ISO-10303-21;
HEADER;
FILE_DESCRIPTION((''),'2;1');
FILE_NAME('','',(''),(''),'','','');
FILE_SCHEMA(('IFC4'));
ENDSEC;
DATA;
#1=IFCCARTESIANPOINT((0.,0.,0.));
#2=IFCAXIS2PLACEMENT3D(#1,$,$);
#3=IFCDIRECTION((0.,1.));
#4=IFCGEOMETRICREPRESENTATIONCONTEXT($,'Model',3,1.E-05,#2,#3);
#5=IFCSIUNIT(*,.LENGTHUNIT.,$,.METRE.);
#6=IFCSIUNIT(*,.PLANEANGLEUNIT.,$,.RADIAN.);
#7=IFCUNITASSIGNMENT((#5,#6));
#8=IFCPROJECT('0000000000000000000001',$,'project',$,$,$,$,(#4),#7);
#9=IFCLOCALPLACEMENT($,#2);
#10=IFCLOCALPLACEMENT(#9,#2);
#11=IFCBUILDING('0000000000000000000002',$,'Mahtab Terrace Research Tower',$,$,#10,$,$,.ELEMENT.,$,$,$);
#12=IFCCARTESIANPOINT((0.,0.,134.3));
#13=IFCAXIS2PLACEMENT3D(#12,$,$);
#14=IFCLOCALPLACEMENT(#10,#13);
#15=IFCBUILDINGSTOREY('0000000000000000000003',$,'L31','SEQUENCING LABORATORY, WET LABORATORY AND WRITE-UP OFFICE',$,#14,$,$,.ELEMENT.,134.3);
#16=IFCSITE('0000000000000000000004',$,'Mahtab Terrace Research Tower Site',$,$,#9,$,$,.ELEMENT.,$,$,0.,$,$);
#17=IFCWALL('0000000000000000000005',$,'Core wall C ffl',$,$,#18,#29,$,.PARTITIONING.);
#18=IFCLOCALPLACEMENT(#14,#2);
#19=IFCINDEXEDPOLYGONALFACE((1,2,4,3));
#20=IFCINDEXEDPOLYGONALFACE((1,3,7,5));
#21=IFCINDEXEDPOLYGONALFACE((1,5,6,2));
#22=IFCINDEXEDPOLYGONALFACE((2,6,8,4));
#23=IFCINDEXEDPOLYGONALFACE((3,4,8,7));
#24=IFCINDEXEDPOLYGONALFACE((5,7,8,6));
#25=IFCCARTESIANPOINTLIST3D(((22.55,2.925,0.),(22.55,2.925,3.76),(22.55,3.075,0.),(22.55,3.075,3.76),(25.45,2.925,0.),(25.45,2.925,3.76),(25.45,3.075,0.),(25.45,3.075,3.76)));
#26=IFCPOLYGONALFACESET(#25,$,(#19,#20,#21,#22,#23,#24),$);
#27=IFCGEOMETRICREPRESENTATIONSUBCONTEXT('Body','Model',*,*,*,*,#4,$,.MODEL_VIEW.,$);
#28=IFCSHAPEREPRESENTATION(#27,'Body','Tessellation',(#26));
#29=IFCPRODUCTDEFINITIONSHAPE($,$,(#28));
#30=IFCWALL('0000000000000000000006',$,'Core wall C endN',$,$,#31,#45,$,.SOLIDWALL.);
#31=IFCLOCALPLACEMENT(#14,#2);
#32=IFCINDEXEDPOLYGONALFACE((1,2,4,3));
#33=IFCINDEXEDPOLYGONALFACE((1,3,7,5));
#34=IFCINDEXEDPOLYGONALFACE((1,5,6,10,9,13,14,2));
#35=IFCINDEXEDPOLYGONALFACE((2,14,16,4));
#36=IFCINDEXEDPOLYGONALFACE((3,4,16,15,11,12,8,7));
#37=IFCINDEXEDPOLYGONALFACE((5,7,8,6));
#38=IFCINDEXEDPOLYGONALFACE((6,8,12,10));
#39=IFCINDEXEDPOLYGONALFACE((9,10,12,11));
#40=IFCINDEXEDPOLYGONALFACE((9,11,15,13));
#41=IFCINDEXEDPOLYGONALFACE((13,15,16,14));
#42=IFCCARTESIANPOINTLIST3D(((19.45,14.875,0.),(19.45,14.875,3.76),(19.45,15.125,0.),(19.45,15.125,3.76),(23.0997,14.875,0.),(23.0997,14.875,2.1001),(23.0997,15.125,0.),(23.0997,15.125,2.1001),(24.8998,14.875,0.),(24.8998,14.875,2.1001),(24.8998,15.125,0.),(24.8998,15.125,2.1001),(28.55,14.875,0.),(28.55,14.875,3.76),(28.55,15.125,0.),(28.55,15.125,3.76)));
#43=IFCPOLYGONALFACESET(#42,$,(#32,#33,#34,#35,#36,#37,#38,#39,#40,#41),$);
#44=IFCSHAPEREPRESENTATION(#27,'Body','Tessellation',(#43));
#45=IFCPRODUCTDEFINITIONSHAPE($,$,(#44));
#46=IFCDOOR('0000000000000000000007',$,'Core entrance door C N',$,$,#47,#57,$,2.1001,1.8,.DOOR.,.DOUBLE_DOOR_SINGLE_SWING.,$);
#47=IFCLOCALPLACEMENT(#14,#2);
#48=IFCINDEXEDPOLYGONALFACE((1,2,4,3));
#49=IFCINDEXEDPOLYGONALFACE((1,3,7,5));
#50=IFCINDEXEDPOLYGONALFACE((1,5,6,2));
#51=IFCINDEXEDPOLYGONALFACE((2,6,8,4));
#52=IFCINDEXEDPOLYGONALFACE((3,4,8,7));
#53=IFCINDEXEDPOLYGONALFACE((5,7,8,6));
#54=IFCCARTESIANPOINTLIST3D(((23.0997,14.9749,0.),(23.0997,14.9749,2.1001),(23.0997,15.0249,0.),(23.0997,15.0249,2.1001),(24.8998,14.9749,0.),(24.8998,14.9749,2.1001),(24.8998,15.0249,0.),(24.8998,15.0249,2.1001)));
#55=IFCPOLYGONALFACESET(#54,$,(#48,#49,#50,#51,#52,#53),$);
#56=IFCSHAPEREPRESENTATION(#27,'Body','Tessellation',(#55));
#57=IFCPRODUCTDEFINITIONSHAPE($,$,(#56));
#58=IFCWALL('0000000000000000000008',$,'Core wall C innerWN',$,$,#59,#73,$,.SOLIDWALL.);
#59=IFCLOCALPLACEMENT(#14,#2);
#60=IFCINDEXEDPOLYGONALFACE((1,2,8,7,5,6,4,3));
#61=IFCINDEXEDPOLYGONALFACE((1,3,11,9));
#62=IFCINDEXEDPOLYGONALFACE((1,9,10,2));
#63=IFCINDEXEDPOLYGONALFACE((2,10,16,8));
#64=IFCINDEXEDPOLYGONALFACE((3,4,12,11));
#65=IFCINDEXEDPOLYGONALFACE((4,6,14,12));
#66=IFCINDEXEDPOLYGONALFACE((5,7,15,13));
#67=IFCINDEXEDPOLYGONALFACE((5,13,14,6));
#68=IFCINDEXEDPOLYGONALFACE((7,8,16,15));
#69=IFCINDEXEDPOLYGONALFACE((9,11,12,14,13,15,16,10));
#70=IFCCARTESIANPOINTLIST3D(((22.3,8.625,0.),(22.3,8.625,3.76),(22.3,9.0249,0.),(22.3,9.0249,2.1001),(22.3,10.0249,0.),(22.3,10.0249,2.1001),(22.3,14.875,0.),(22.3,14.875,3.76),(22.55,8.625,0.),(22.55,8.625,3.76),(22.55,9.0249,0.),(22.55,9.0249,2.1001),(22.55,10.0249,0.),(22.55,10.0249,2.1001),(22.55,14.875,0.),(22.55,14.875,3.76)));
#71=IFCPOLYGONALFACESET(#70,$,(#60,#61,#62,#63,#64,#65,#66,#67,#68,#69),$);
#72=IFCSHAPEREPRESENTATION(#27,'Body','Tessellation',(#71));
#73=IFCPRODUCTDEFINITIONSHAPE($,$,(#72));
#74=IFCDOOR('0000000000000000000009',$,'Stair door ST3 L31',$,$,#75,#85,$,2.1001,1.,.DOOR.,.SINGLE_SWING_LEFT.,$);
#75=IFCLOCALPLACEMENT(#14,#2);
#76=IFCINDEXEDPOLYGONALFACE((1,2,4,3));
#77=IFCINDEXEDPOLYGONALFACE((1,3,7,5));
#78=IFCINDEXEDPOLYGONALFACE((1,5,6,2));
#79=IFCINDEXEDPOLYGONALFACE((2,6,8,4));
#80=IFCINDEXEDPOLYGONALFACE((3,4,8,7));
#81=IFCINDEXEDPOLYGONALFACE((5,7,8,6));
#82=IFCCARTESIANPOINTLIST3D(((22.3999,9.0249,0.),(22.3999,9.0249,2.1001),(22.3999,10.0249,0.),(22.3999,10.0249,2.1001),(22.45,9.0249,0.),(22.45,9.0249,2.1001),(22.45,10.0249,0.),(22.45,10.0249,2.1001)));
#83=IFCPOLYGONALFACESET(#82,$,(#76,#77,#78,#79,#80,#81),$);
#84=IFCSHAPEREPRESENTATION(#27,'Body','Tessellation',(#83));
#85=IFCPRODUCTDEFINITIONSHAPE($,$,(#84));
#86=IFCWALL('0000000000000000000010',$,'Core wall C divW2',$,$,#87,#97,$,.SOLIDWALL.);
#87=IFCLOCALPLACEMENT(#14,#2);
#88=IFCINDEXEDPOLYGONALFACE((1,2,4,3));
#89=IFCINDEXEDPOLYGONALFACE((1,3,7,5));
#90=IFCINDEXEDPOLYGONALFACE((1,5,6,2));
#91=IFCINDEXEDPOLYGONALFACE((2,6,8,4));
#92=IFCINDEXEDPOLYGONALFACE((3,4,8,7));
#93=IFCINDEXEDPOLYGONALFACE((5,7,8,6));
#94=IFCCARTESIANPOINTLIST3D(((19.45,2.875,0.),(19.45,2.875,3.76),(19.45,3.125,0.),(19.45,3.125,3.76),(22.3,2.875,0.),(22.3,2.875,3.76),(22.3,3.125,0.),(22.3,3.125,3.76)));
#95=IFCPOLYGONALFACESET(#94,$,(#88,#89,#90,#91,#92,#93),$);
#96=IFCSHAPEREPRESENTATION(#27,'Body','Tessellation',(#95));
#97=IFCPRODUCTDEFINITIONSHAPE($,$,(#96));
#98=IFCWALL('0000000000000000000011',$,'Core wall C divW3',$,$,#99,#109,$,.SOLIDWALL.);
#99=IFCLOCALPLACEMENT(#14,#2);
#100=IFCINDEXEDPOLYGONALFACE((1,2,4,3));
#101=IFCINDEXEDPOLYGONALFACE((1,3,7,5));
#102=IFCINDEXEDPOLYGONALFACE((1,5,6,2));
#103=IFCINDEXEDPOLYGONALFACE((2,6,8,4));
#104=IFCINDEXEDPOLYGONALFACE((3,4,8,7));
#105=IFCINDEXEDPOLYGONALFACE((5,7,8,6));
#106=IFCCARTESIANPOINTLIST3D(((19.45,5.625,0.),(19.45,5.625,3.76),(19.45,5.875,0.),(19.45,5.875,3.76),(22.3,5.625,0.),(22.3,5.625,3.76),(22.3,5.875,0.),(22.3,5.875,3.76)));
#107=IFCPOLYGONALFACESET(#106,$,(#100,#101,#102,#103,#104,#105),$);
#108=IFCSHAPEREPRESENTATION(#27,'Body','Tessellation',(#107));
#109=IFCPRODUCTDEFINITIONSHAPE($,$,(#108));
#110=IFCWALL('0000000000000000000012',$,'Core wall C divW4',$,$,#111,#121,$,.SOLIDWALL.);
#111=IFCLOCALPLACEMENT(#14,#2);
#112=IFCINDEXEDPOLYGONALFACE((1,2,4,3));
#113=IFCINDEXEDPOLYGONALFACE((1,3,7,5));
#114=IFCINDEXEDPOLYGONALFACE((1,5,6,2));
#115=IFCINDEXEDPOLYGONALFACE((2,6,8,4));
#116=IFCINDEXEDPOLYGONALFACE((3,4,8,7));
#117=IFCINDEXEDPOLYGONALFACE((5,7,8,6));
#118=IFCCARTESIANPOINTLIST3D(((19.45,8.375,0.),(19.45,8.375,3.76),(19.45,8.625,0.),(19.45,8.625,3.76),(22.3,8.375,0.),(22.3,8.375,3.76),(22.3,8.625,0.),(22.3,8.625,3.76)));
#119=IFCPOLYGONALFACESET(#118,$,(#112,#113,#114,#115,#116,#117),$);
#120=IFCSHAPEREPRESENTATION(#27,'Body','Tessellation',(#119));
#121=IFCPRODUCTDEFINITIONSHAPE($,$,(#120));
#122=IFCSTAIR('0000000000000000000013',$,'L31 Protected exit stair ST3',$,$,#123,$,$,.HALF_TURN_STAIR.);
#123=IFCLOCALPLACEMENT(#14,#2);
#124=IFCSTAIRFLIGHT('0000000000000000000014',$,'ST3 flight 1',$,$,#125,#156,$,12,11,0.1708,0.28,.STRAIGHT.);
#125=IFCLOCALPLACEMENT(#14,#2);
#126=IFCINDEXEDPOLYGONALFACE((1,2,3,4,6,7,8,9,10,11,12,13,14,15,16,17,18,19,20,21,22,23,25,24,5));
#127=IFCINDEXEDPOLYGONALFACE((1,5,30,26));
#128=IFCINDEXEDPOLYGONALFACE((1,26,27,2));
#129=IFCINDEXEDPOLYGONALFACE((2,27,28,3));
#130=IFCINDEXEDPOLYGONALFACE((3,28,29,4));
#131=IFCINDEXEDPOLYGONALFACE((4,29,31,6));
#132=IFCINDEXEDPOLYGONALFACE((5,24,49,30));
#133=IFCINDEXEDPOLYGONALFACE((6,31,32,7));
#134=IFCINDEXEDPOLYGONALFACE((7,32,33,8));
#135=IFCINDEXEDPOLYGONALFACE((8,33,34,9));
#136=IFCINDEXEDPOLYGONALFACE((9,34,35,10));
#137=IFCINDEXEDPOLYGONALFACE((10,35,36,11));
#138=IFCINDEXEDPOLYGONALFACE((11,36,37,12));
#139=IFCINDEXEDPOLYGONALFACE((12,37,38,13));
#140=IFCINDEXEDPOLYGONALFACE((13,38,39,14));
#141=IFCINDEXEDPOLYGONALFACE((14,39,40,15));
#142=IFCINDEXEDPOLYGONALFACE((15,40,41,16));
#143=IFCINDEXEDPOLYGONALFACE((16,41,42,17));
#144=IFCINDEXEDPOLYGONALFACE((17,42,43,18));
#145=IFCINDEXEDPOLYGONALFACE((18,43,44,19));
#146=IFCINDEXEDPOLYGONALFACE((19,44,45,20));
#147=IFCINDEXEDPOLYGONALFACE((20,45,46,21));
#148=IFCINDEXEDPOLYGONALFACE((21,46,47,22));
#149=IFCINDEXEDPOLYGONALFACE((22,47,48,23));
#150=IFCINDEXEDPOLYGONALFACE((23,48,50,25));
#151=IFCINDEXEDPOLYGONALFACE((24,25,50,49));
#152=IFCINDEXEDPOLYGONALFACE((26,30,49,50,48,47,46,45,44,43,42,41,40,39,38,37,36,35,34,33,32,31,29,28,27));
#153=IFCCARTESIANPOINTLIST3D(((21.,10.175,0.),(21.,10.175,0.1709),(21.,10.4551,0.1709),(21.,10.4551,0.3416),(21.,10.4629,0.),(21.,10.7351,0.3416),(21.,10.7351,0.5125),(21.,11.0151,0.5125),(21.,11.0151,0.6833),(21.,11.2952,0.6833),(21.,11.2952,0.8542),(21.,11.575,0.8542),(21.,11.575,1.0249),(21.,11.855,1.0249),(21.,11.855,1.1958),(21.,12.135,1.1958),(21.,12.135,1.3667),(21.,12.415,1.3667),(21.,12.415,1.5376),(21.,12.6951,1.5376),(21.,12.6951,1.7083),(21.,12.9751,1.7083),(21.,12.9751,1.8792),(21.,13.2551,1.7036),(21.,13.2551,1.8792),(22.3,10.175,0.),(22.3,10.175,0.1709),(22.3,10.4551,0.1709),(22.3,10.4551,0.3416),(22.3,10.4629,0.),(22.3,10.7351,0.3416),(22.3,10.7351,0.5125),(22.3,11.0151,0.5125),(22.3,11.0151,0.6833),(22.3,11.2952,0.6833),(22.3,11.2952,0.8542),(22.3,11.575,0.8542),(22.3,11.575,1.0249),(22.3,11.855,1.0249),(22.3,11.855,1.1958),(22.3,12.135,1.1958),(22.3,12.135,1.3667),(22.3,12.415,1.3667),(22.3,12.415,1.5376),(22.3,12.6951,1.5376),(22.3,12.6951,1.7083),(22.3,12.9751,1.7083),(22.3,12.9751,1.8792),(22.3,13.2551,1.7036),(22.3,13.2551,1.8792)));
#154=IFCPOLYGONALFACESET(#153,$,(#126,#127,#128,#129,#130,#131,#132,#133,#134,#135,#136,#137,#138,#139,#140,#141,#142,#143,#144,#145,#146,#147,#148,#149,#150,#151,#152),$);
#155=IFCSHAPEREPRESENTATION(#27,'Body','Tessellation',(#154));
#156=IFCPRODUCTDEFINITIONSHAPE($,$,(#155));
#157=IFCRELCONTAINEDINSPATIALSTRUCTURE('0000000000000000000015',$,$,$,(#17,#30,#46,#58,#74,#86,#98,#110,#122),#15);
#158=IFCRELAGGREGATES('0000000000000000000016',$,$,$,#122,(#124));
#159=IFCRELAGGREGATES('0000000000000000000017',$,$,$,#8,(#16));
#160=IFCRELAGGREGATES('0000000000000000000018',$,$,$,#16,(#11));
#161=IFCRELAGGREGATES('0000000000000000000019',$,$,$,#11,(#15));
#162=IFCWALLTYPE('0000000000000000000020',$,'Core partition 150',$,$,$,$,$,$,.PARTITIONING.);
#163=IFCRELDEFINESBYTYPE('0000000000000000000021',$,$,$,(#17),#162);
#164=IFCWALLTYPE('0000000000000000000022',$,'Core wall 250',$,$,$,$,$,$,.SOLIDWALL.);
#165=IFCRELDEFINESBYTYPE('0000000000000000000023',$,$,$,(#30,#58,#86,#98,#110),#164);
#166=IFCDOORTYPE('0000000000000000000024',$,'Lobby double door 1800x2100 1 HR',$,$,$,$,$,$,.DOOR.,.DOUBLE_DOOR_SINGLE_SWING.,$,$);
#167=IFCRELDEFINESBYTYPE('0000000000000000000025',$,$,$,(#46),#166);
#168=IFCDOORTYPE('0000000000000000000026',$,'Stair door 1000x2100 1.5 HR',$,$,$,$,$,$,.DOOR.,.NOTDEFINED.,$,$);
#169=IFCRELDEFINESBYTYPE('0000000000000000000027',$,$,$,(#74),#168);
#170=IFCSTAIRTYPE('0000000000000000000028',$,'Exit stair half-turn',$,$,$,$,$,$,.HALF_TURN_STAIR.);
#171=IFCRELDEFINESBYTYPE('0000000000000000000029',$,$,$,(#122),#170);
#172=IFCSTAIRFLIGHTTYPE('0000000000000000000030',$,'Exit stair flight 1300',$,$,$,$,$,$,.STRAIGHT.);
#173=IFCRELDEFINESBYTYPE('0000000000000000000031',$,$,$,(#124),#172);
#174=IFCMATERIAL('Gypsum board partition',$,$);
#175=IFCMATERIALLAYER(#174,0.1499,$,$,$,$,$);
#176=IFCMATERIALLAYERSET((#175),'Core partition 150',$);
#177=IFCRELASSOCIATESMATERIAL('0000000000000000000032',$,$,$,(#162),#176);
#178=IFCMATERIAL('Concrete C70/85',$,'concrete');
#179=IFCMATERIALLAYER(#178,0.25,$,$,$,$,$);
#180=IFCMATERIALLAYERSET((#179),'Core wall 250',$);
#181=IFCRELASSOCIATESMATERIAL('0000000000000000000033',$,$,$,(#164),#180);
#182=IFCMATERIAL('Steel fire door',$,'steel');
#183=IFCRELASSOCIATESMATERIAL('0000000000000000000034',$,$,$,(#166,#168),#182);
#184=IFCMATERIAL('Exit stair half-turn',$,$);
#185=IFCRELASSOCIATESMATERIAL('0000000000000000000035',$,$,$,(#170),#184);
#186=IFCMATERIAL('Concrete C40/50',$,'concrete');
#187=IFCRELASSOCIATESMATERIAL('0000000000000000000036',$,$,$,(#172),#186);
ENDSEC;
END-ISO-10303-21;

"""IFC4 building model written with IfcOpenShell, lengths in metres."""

from ifc_helpers import new_model, si_unit, direction, frame, frame_2d, origin, place, context, subcontext, project, spatial, polyline, rectangle, outline, extrude, material, layer, layer_set, type_object, element, fill, aggregate, save


model = new_model("IFC4")

# Units and contexts
model_context = context("Model", 3, precision=1e-05, world=origin(), true_north=direction((0.0, 1.0)))
body_context = subcontext(model_context, "Body", "Model", "MODEL_VIEW")
ifc_project = project(units=[si_unit("LENGTHUNIT", "METRE"), si_unit("PLANEANGLEUNIT", "RADIAN")], contexts=[model_context])

# Site, building, storey
site_placement = place(None, origin())
site = spatial("IfcSite", under=ifc_project, at=site_placement, Name="Mahtab Terrace Research Tower Site", CompositionType="ELEMENT", RefElevation=0.0)
building_placement = place(site_placement, origin())
building = spatial("IfcBuilding", under=site, at=building_placement, Name="Mahtab Terrace Research Tower", CompositionType="ELEMENT")
storey_placement = place(building_placement, frame((0.0, 0.0, 134.3)))
storey = spatial("IfcBuildingStorey", under=building, at=storey_placement, Name="L31", Description="SEQUENCING LABORATORY, WET LABORATORY AND WRITE-UP OFFICE", CompositionType="ELEMENT", Elevation=134.3)

# Wall
ifc_material_1 = material(Name="Gypsum board partition")
ifc_layer_1 = layer(ifc_material_1, 0.1499)
ifc_layer_set_1 = layer_set([ifc_layer_1], Name="Core partition 150")
wall_type_1 = type_object("IfcWallType", Name="Core partition 150", PredefinedType="PARTITIONING", material=ifc_layer_set_1)
wall_1_placement = place(storey_placement, frame((22.55, 3.0, 0.0), z_axis=(0.0, 0.0, 1.0), x_axis=(1.0, 0.0, 0.0)))
element("IfcWall", 1, at=wall_1_placement, inside=storey, type_object=wall_type_1, Name="Core wall C ffl", PredefinedType="PARTITIONING", context=body_context, shape_type="SweptSolid", body=[
    extrude(rectangle(XDim=2.8999, YDim=0.1499, at=frame_2d((1.45, 0.0))), origin(), (0.0, 0.0, 1.0), 3.76),
])

# Walls, openings, doors
ifc_material_2 = material(Name="Concrete C70/85", Category="concrete")
ifc_layer_2 = layer(ifc_material_2, 0.25)
ifc_layer_set_2 = layer_set([ifc_layer_2], Name="Core wall 250")
wall_type_2 = type_object("IfcWallType", Name="Core wall 250", PredefinedType="SOLIDWALL", material=ifc_layer_set_2)
wall_2_placement = place(storey_placement, frame((19.45, 15.0, 0.0), z_axis=(0.0, 0.0, 1.0), x_axis=(1.0, 0.0, 0.0)))
wall_2 = element("IfcWall", 2, at=wall_2_placement, inside=storey, type_object=wall_type_2, Name="Core wall C endN", PredefinedType="SOLIDWALL", context=body_context, shape_type="SweptSolid", body=[
    extrude(rectangle(XDim=9.1001, YDim=0.25, at=frame_2d((4.55, 0.0))), origin(), (0.0, 0.0, 1.0), 3.76),
])
opening_1_placement = place(wall_2_placement, frame((3.6499, 0.0, 0.0)))
opening_1 = element("IfcOpeningElement", 3, at=opening_1_placement, cuts=wall_2, PredefinedType="OPENING", context=body_context, shape_type="SweptSolid", body=[
    extrude(rectangle(XDim=1.8, YDim=2.1001, at=frame_2d((0.8999, 1.05))), frame((0.0, 0.135, 0.0), z_axis=(0.0, -1.0, 0.0), x_axis=(1.0, 0.0, 0.0)), (0.0, 0.0, 1.0), 0.27),
])
ifc_material_3 = material(Name="Steel fire door", Category="steel")
door_type_1 = type_object("IfcDoorType", Name="Lobby double door 1800x2100 1 HR", OperationType="DOUBLE_DOOR_SINGLE_SWING", PredefinedType="DOOR", material=ifc_material_3)
door_1_placement = place(opening_1_placement, origin())
door_1 = element("IfcDoor", 4, at=door_1_placement, inside=storey, type_object=door_type_1, Name="Core entrance door C N", OperationType="DOUBLE_DOOR_SINGLE_SWING", OverallHeight=2.1001, OverallWidth=1.8, PredefinedType="DOOR", context=body_context, shape_type="SweptSolid", body=[
    extrude(rectangle(XDim=1.8, YDim=2.1001, at=frame_2d((0.8999, 1.05))), frame((0.0, 0.0249, 0.0), z_axis=(0.0, -1.0, 0.0), x_axis=(1.0, 0.0, 0.0)), (0.0, 0.0, 1.0), 0.05),
])
fill(opening_1, door_1)
wall_3_placement = place(storey_placement, frame((22.425, 14.875, 0.0), z_axis=(0.0, 0.0, 1.0), x_axis=(0.0, -1.0, 0.0)))
wall_3 = element("IfcWall", 5, at=wall_3_placement, inside=storey, type_object=wall_type_2, Name="Core wall C innerWN", PredefinedType="SOLIDWALL", context=body_context, shape_type="SweptSolid", body=[
    extrude(rectangle(XDim=6.25, YDim=0.25, at=frame_2d((3.125, 0.0))), origin(), (0.0, 0.0, 1.0), 3.76),
])
opening_2_placement = place(wall_3_placement, frame((4.8501, 0.0, 0.0)))
opening_2 = element("IfcOpeningElement", 6, at=opening_2_placement, cuts=wall_3, PredefinedType="OPENING", context=body_context, shape_type="SweptSolid", body=[
    extrude(rectangle(XDim=1.0, YDim=2.1001, at=frame_2d((0.5, 1.05))), frame((0.0, 0.135, 0.0), z_axis=(0.0, -1.0, 0.0), x_axis=(1.0, 0.0, 0.0)), (0.0, 0.0, 1.0), 0.27),
])
door_type_2 = type_object("IfcDoorType", Name="Stair door 1000x2100 1.5 HR", OperationType="NOTDEFINED", PredefinedType="DOOR", material=ifc_material_3)
door_2_placement = place(opening_2_placement, origin())
door_2 = element("IfcDoor", 7, at=door_2_placement, inside=storey, type_object=door_type_2, Name="Stair door ST3 L31", OperationType="SINGLE_SWING_LEFT", OverallHeight=2.1001, OverallWidth=1.0, PredefinedType="DOOR", context=body_context, shape_type="SweptSolid", body=[
    extrude(rectangle(XDim=1.0, YDim=2.1001, at=frame_2d((0.5, 1.05))), frame((0.0, 0.0249, 0.0), z_axis=(0.0, -1.0, 0.0), x_axis=(1.0, 0.0, 0.0)), (0.0, 0.0, 1.0), 0.05),
])
fill(opening_2, door_2)

# Walls
for number, where, z_axis, x_axis, name in (
    (8, (19.45, 3.0, 0.0), (0.0, 0.0, 1.0), (1.0, 0.0, 0.0), "Core wall C divW2"),
    (9, (19.45, 5.75, 0.0), (0.0, 0.0, 1.0), (1.0, 0.0, 0.0), "Core wall C divW3"),
    (10, (19.45, 8.5, 0.0), (0.0, 0.0, 1.0), (1.0, 0.0, 0.0), "Core wall C divW4"),
):
    element("IfcWall", number, at=place(storey_placement, frame(where, z_axis=z_axis, x_axis=x_axis)), inside=storey, type_object=wall_type_2, Name=name, PredefinedType="SOLIDWALL", context=body_context, shape_type="SweptSolid", body=[
        extrude(rectangle(XDim=2.8501, YDim=0.25, at=frame_2d((1.425, 0.0))), origin(), (0.0, 0.0, 1.0), 3.76),
    ])

# Stair, stair flight
ifc_material_4 = material(Name="Exit stair half-turn")
stair_type = type_object("IfcStairType", Name="Exit stair half-turn", PredefinedType="HALF_TURN_STAIR", material=ifc_material_4)
stair_placement = place(storey_placement, origin())
stair = element("IfcStair", 11, at=stair_placement, inside=storey, type_object=stair_type, Name="L31 Protected exit stair ST3", PredefinedType="HALF_TURN_STAIR")
ifc_material_5 = material(Name="Concrete C40/50", Category="concrete")
stair_flight_type = type_object("IfcStairFlightType", Name="Exit stair flight 1300", PredefinedType="STRAIGHT", material=ifc_material_5)
stair_flight_1_placement = place(storey_placement, frame((21.6499, 10.175, 0.0), z_axis=(0.0, 0.0, 1.0), x_axis=(0.0, 1.0, 0.0)))
stair_flight_1 = element("IfcStairFlight", 12, at=stair_flight_1_placement, type_object=stair_flight_type, Name="ST3 flight 1", NumberOfRisers=12, NumberOfTreads=11, PredefinedType="STRAIGHT", RiserHeight=0.1708, TreadLength=0.28, context=body_context, shape_type="SweptSolid", body=[
    extrude(outline(polyline([(0.0, 0.0), (0.0, 0.1709), (0.28, 0.1709), (0.28, 0.3416), (0.5601, 0.3416), (0.5601, 0.5125), (0.8401, 0.5125), (0.8401, 0.6833), (1.1201, 0.6833), (1.1201, 0.8542), (1.3999, 0.8542), (1.3999, 1.0249), (1.6799, 1.0249), (1.6799, 1.1958), (1.96, 1.1958), (1.96, 1.3667), (2.24, 1.3667), (2.24, 1.5376), (2.52, 1.5376), (2.52, 1.7083), (2.8, 1.7083), (2.8, 1.8792), (3.0801, 1.8792), (3.0801, 2.05), (3.0801, 1.7036), (0.2878, 0.0), (0.0, 0.0)])), frame((0.0, 0.6499, 0.0), z_axis=(0.0, -1.0, 0.0), x_axis=(1.0, 0.0, 0.0)), (0.0, 0.0, 1.0), 1.3),
])
aggregate(stair, [stair_flight_1])

save(model, "model.ifc")
